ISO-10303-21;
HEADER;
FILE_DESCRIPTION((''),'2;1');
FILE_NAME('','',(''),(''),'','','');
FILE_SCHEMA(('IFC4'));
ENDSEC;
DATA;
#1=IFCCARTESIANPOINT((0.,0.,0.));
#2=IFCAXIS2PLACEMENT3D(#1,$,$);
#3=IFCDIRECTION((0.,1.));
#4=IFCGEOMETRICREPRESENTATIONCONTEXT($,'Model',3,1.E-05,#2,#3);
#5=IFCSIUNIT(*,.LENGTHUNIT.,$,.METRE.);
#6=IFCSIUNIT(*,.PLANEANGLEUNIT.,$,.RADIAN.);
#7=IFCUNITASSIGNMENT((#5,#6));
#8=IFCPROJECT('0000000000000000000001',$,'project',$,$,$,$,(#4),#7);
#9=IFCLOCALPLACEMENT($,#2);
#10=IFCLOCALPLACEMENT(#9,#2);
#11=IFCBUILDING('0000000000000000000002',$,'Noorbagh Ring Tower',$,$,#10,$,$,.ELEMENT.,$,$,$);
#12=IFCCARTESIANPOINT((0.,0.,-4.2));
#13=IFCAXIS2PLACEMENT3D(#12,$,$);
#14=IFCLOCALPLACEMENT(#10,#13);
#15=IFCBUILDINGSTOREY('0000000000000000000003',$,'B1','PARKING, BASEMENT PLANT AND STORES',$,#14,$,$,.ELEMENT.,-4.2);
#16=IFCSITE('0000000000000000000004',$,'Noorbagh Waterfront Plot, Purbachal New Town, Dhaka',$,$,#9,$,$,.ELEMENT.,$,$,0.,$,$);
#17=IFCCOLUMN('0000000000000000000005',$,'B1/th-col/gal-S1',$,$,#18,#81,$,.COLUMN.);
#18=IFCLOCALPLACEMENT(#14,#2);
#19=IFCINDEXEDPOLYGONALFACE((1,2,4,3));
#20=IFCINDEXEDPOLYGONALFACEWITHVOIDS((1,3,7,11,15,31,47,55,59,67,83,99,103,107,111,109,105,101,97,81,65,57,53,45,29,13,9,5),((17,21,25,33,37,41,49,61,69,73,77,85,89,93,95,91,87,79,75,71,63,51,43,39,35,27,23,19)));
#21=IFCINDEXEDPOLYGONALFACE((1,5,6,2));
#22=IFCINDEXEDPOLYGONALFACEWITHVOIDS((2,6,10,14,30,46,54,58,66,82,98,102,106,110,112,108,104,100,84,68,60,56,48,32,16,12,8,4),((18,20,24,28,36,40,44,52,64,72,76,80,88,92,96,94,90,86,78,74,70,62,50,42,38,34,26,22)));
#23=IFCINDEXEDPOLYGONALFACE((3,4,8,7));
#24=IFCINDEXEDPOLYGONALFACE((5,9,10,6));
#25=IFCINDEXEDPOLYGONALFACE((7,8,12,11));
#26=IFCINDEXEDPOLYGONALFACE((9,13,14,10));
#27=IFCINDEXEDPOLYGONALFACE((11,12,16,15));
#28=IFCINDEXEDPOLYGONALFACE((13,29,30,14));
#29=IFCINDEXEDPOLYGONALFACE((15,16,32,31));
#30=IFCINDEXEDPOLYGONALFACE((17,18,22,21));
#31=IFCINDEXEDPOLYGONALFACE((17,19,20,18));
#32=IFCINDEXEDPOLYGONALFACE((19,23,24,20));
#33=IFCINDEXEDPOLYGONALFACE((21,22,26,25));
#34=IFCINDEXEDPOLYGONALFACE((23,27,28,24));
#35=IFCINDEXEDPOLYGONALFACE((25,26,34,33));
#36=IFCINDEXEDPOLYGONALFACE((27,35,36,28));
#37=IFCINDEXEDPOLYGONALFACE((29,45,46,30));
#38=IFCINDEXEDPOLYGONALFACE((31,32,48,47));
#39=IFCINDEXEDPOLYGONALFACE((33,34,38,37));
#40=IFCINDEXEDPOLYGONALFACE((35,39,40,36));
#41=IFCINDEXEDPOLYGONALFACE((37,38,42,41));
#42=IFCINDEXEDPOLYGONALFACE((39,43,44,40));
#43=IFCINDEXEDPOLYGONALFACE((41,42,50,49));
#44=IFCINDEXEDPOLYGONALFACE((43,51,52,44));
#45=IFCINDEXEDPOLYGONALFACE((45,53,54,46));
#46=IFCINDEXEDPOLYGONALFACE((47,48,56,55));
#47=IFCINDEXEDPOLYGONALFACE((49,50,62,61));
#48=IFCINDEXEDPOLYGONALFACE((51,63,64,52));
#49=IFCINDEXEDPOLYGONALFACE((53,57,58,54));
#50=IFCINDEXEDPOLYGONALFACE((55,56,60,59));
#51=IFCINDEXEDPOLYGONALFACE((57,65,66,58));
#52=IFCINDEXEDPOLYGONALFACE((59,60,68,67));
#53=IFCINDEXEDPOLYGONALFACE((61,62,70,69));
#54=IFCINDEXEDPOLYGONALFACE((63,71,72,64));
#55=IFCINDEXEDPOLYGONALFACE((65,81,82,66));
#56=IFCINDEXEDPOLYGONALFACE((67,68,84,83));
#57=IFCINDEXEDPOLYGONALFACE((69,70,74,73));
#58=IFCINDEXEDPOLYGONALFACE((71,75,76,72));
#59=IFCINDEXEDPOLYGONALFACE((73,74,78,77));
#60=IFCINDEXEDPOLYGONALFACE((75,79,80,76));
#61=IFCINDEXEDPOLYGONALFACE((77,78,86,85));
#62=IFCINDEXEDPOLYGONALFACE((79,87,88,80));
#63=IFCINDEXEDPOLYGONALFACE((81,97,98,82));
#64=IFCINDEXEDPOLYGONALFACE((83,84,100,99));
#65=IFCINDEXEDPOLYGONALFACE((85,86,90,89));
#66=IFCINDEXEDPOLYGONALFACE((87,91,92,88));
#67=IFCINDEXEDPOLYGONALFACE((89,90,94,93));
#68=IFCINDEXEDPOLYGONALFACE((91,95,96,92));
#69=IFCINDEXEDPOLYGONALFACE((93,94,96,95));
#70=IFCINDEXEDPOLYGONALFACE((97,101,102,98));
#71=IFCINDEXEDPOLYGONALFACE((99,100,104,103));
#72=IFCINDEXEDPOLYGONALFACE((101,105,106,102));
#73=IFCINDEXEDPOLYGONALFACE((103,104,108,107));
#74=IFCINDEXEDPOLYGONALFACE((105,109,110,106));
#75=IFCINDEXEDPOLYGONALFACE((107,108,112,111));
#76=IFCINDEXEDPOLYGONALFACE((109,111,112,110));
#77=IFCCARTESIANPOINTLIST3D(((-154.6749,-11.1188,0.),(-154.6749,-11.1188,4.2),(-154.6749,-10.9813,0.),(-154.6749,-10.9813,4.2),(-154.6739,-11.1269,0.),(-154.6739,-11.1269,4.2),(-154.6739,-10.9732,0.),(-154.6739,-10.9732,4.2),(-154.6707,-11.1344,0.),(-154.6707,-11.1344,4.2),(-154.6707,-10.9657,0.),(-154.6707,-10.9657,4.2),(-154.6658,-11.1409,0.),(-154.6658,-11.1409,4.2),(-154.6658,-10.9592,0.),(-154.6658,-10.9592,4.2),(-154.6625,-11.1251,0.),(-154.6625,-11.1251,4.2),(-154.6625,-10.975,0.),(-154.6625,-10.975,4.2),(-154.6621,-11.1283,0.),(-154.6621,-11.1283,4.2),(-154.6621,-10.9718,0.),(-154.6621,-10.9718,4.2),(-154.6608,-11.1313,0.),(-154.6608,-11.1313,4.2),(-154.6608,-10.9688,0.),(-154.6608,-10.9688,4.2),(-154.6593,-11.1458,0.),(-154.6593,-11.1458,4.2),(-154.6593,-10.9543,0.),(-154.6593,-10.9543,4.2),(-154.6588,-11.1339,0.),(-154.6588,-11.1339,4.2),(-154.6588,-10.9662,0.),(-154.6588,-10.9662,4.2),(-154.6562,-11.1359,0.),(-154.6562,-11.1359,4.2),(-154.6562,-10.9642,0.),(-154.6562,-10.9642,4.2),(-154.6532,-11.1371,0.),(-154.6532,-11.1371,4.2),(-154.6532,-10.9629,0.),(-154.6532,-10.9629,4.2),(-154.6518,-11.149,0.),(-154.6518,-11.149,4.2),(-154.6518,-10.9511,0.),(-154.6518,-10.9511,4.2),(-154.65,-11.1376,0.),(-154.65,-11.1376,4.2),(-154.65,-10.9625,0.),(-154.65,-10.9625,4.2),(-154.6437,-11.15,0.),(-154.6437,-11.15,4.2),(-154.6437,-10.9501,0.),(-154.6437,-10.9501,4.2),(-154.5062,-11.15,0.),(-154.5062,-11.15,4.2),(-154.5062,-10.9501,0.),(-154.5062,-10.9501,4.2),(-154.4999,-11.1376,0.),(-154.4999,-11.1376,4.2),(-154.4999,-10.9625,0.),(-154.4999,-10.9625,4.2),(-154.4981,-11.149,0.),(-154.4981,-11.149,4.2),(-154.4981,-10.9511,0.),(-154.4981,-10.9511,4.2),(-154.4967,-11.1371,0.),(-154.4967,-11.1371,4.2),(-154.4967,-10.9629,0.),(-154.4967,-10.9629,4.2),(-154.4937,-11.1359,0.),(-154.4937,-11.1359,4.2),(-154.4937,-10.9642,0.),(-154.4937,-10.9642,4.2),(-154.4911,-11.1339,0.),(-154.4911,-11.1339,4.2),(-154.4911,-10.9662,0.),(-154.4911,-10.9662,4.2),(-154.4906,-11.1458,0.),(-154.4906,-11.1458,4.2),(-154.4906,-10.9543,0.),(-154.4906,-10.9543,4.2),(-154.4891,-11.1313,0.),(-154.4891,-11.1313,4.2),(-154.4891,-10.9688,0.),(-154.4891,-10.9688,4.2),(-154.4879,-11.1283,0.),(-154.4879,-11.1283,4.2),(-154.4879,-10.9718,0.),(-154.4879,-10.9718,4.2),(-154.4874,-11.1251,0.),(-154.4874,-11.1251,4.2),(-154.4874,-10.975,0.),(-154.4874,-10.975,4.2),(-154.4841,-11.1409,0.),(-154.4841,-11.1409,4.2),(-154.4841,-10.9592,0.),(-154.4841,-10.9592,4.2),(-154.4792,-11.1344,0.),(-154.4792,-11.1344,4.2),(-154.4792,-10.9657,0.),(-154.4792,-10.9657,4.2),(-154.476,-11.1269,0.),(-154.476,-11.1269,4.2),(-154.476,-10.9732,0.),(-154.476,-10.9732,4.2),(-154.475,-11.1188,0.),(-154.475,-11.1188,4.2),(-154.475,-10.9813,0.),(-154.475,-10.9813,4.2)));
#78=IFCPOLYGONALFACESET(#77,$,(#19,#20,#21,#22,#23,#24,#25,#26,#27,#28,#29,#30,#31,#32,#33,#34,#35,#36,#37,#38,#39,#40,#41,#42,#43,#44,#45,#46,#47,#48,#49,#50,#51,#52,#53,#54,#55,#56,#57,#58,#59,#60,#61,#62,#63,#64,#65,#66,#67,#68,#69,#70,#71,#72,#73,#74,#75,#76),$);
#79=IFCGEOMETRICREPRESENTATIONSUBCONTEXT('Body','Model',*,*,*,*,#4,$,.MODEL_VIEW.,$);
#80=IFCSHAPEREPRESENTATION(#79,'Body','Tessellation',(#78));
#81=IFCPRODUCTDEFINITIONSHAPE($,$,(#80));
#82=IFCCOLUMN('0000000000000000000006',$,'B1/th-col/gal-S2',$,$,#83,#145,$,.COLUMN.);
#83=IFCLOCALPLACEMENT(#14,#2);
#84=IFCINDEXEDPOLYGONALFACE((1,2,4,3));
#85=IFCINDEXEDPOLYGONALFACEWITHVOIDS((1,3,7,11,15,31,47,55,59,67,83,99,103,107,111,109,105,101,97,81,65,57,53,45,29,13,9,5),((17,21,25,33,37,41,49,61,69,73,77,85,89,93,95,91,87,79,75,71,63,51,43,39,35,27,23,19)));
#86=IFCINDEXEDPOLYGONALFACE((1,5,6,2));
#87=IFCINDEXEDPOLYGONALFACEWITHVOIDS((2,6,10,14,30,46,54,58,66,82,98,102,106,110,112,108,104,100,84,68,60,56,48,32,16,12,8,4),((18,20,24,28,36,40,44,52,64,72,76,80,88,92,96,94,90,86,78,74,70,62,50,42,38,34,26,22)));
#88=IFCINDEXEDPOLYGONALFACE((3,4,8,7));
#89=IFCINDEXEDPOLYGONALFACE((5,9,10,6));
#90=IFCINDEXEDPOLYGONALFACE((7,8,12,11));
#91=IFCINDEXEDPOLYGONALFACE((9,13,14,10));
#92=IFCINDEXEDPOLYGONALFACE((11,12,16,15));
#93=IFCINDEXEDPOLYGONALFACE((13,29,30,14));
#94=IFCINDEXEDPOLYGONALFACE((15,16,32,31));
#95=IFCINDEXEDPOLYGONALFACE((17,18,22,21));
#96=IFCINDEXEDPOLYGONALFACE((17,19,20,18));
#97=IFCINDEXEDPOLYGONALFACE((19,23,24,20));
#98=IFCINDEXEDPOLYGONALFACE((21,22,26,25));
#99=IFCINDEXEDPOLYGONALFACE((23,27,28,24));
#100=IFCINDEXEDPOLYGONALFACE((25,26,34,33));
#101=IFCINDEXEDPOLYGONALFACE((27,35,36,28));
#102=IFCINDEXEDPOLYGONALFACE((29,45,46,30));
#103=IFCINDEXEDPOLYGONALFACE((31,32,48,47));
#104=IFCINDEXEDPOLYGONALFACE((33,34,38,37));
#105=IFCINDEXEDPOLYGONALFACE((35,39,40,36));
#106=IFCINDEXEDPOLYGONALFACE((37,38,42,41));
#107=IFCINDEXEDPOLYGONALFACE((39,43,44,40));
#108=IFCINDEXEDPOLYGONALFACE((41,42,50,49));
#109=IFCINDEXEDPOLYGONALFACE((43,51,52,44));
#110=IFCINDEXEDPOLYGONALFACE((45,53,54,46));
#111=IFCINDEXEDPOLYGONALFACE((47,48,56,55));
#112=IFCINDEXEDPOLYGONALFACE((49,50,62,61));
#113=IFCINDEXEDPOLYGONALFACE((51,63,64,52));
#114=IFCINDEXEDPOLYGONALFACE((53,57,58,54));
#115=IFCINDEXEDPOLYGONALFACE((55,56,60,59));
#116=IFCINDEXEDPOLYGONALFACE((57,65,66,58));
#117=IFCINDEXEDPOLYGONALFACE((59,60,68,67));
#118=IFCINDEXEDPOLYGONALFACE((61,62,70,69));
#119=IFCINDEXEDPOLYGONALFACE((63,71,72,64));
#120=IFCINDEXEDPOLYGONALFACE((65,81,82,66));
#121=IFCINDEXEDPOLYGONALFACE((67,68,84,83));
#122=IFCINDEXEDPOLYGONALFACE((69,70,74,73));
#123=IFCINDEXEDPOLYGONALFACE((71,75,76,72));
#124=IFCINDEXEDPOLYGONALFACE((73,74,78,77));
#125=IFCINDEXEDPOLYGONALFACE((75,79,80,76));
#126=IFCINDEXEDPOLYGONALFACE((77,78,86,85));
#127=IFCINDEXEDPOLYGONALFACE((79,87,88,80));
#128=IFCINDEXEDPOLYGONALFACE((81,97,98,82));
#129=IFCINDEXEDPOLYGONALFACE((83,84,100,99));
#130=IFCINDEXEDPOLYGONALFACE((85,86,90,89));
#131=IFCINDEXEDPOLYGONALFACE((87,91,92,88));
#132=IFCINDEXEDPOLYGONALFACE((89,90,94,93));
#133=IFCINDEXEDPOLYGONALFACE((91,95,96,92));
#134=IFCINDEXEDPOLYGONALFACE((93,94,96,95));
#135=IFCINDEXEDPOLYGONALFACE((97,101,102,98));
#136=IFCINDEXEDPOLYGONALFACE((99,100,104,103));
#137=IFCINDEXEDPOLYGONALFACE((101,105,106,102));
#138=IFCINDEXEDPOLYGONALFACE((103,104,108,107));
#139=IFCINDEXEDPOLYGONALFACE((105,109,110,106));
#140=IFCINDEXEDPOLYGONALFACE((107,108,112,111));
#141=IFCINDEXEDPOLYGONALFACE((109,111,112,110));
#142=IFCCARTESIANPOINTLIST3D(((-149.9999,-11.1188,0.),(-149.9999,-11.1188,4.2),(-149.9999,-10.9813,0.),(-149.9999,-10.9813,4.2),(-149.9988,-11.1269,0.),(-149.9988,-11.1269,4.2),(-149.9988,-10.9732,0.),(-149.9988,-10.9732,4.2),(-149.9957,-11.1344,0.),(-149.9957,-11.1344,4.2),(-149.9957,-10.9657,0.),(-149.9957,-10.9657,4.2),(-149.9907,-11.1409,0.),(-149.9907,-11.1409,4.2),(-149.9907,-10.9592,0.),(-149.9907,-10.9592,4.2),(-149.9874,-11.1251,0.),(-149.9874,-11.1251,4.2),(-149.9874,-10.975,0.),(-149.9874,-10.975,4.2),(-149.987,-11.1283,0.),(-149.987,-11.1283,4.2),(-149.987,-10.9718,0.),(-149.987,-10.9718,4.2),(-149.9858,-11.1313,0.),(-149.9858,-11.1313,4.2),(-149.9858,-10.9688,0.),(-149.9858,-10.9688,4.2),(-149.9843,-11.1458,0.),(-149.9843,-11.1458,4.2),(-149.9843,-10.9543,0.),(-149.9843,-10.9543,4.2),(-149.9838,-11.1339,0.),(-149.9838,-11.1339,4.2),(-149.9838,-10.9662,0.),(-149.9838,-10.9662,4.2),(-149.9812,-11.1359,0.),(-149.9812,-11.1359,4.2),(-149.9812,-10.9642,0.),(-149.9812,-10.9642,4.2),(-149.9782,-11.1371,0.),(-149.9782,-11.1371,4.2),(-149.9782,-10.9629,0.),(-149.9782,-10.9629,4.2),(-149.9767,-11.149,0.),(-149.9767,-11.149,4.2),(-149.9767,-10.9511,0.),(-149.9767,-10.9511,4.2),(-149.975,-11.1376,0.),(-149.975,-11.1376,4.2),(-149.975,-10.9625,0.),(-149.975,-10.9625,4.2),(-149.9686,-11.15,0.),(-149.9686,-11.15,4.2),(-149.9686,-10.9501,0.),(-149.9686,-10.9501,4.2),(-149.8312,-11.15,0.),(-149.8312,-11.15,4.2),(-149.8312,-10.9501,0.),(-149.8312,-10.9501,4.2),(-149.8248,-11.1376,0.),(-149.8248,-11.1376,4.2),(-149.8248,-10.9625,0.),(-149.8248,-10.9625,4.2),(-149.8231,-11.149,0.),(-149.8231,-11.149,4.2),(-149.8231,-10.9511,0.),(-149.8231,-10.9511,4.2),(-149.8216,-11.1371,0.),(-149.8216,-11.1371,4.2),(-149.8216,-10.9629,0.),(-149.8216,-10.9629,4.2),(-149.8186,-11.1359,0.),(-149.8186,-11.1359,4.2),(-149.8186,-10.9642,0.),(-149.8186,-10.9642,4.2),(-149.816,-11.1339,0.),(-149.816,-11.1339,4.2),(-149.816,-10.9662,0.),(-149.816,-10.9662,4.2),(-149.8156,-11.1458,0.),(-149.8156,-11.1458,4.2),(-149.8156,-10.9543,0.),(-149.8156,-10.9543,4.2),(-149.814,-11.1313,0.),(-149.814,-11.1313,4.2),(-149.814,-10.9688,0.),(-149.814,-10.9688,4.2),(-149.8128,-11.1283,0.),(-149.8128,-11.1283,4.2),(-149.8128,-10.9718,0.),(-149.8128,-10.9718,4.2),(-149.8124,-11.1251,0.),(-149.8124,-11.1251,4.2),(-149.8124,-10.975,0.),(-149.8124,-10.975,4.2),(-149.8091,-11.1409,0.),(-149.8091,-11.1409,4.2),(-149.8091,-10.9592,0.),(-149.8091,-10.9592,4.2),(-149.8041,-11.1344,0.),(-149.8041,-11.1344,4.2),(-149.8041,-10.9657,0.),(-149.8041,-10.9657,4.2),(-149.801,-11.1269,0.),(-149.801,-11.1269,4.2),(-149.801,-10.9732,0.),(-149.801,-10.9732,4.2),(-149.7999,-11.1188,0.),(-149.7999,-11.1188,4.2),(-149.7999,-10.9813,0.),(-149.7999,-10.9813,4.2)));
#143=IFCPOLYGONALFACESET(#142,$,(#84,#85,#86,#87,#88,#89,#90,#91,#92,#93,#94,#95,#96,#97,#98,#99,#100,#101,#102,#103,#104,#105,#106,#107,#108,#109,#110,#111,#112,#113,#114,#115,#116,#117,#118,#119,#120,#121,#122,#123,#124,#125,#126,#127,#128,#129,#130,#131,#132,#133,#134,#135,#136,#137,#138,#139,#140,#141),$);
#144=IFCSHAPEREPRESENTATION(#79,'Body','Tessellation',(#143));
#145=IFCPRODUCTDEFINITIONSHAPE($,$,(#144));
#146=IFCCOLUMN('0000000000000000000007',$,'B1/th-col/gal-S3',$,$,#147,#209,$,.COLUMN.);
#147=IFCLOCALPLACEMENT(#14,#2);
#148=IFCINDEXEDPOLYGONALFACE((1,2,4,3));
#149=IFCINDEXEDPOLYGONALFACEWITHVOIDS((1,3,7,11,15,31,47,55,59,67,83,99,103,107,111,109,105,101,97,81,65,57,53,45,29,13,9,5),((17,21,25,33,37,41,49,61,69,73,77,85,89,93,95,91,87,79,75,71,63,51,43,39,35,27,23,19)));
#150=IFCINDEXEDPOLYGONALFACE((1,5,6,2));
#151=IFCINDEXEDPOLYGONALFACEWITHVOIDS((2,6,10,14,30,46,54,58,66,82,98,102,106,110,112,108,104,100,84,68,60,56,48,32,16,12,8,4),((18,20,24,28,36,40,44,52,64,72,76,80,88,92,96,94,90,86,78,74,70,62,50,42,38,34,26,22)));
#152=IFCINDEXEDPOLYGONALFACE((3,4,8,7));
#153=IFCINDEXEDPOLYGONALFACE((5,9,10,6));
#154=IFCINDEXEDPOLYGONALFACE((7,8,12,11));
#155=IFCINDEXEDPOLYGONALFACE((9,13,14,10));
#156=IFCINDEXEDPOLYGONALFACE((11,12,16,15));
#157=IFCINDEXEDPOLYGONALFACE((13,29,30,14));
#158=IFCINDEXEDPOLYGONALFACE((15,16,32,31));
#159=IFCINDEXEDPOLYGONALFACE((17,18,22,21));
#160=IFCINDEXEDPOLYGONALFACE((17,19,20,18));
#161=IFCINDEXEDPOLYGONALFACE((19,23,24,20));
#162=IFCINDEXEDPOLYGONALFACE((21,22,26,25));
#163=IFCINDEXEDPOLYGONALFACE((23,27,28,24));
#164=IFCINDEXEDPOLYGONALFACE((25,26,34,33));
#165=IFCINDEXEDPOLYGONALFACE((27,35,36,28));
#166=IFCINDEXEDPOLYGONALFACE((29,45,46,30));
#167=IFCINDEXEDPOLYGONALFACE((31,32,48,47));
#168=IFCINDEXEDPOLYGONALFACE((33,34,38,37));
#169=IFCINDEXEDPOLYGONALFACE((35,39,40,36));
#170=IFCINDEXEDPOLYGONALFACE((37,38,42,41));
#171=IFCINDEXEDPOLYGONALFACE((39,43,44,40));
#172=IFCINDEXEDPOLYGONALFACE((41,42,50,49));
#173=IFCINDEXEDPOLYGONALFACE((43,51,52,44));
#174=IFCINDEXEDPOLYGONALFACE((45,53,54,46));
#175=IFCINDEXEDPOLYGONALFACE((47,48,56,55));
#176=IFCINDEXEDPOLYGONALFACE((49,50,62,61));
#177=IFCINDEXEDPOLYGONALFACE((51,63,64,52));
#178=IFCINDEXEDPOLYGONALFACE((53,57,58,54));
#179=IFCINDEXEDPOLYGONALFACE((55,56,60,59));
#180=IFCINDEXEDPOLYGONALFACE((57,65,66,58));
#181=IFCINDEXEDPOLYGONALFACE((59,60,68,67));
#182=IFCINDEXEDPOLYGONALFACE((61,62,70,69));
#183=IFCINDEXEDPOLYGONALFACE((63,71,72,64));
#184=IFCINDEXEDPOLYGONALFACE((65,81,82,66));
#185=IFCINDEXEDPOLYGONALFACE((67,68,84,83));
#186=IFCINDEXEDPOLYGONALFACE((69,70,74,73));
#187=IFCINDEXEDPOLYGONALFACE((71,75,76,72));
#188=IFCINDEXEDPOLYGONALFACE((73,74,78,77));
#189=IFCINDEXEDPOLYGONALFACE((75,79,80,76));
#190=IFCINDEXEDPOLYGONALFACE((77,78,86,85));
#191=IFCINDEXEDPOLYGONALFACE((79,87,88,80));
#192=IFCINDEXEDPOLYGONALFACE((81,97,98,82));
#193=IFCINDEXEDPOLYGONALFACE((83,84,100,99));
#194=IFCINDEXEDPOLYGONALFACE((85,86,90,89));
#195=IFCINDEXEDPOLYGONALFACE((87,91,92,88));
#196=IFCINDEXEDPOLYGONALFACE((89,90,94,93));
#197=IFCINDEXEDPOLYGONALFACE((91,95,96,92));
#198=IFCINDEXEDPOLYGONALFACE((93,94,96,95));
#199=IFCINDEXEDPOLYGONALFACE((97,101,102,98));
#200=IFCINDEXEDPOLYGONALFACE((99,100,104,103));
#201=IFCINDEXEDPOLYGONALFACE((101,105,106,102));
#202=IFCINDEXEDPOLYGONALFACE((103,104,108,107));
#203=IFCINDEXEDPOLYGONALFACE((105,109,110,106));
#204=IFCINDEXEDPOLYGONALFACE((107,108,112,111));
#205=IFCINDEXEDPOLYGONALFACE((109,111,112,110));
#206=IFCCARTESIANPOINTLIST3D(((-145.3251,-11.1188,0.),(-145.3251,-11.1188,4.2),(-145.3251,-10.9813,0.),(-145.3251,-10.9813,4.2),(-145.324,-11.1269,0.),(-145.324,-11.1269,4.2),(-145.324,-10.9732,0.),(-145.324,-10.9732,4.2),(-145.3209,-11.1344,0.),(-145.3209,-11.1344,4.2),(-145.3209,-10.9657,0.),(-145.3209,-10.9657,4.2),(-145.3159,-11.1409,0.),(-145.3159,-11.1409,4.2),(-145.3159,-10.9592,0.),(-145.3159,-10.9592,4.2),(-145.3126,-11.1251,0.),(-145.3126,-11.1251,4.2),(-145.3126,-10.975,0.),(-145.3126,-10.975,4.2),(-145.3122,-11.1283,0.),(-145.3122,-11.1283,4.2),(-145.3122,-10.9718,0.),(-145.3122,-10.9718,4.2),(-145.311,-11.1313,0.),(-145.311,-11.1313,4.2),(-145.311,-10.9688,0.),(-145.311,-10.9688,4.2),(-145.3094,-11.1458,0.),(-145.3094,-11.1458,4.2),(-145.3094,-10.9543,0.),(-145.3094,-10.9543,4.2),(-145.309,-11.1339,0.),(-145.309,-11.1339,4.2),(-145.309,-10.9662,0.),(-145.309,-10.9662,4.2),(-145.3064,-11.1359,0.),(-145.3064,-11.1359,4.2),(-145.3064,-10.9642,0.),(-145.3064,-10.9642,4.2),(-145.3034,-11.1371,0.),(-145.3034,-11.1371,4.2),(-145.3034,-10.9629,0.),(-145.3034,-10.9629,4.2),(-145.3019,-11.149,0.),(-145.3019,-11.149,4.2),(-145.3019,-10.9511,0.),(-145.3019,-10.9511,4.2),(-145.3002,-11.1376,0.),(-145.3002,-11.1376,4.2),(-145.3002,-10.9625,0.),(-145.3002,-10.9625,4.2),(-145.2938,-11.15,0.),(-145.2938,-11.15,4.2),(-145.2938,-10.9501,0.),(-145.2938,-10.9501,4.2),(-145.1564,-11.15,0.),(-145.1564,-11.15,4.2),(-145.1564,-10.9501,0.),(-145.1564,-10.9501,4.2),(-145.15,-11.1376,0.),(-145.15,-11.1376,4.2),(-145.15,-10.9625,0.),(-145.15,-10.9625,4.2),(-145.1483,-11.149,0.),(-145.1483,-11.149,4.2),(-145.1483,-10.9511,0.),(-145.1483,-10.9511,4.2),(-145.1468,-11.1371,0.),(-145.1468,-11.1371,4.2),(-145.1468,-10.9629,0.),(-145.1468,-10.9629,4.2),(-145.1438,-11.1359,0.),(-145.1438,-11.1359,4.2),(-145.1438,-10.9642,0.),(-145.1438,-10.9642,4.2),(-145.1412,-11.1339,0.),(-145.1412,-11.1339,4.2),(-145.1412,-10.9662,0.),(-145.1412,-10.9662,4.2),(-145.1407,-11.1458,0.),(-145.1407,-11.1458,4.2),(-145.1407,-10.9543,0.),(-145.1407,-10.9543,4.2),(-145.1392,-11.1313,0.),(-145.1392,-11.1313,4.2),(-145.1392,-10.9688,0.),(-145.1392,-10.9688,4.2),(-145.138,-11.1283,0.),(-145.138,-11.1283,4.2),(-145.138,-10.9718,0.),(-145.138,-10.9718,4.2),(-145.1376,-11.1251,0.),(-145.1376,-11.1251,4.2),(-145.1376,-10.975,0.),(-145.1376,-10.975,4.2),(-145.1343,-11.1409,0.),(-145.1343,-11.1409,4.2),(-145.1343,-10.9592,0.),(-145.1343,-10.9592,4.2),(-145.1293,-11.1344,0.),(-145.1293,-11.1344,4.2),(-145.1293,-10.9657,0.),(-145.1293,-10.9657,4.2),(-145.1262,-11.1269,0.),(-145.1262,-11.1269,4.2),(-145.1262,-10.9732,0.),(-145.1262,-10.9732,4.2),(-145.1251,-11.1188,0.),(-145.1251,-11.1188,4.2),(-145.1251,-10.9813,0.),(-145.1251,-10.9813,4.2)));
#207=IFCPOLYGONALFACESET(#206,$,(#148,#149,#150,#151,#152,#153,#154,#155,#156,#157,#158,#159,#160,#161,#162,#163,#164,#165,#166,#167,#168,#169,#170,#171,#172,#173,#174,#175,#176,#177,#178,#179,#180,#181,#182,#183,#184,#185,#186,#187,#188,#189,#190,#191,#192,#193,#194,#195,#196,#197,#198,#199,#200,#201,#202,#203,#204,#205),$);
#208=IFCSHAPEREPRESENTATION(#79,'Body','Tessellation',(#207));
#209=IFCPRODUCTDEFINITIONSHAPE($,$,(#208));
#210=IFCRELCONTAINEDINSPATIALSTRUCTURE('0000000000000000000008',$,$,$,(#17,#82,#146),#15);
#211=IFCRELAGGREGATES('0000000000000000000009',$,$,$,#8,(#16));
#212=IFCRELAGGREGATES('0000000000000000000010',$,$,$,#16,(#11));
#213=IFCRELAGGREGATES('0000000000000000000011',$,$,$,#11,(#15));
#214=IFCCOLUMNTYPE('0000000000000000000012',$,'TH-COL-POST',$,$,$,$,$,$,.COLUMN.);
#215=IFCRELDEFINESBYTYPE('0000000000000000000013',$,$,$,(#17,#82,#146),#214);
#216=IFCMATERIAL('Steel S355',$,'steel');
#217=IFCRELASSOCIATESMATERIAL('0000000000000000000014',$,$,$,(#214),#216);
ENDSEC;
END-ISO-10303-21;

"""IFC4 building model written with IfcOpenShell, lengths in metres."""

from ifc_helpers import new_model, si_unit, direction, frame, origin, origin_2d, place, context, subcontext, project, spatial, hollow_rectangle, extrude, material, material_profile, profile_set, type_object, element, save


model = new_model("IFC4")

# Units and contexts
model_context = context("Model", 3, precision=1e-05, world=origin(), true_north=direction((0.0, 1.0)))
body_context = subcontext(model_context, "Body", "Model", "MODEL_VIEW")
ifc_project = project(units=[si_unit("LENGTHUNIT", "METRE"), si_unit("PLANEANGLEUNIT", "RADIAN")], contexts=[model_context])

# Site, building, storey
site_placement = place(None, origin())
site = spatial("IfcSite", under=ifc_project, at=site_placement, Name="Noorbagh Waterfront Plot, Purbachal New Town, Dhaka", CompositionType="ELEMENT", RefElevation=0.0)
building_placement = place(site_placement, origin())
building = spatial("IfcBuilding", under=site, at=building_placement, Name="Noorbagh Ring Tower", CompositionType="ELEMENT")
storey_placement = place(building_placement, frame((0.0, 0.0, -4.2)))
storey = spatial("IfcBuildingStorey", under=building, at=storey_placement, Name="B1", Description="PARKING, BASEMENT PLANT AND STORES", CompositionType="ELEMENT", Elevation=-4.2)

# Columns
ifc_material_1 = material(Name="Steel S355", Category="steel")
ifc_material_profile_1 = material_profile(ifc_material_1, hollow_rectangle(XDim=0.2, YDim=0.2, WallThickness=0.0125, InnerFilletRadius=0.0125, OuterFilletRadius=0.0312, at=origin_2d()), Name="SHS200x200x12.5")
ifc_profile_set_1 = profile_set([ifc_material_profile_1], Name="Steel S355")
column_type = type_object("IfcColumnType", Name="TH-COL-POST", PredefinedType="COLUMN", material=ifc_profile_set_1)
for number, where, z_axis, x_axis, name in (
    (1, (-154.575, -11.05, 0.0), (0.0, 0.0, 1.0), (1.0, 0.0, 0.0), "B1/th-col/gal-S1"),
    (2, (-149.8999, -11.05, 0.0), (0.0, 0.0, 1.0), (1.0, 0.0, 0.0), "B1/th-col/gal-S2"),
    (3, (-145.2251, -11.05, 0.0), (0.0, 0.0, 1.0), (1.0, 0.0, 0.0), "B1/th-col/gal-S3"),
):
    element("IfcColumn", number, at=place(storey_placement, frame(where, z_axis=z_axis, x_axis=x_axis)), inside=storey, type_object=column_type, Name=name, PredefinedType="COLUMN", context=body_context, shape_type="SweptSolid", body=[
        extrude(hollow_rectangle(XDim=0.2, YDim=0.2, WallThickness=0.0125, InnerFilletRadius=0.0125, OuterFilletRadius=0.0312, at=origin_2d()), origin(), (0.0, 0.0, 1.0), 4.2),
    ])

save(model, "model.ifc")
